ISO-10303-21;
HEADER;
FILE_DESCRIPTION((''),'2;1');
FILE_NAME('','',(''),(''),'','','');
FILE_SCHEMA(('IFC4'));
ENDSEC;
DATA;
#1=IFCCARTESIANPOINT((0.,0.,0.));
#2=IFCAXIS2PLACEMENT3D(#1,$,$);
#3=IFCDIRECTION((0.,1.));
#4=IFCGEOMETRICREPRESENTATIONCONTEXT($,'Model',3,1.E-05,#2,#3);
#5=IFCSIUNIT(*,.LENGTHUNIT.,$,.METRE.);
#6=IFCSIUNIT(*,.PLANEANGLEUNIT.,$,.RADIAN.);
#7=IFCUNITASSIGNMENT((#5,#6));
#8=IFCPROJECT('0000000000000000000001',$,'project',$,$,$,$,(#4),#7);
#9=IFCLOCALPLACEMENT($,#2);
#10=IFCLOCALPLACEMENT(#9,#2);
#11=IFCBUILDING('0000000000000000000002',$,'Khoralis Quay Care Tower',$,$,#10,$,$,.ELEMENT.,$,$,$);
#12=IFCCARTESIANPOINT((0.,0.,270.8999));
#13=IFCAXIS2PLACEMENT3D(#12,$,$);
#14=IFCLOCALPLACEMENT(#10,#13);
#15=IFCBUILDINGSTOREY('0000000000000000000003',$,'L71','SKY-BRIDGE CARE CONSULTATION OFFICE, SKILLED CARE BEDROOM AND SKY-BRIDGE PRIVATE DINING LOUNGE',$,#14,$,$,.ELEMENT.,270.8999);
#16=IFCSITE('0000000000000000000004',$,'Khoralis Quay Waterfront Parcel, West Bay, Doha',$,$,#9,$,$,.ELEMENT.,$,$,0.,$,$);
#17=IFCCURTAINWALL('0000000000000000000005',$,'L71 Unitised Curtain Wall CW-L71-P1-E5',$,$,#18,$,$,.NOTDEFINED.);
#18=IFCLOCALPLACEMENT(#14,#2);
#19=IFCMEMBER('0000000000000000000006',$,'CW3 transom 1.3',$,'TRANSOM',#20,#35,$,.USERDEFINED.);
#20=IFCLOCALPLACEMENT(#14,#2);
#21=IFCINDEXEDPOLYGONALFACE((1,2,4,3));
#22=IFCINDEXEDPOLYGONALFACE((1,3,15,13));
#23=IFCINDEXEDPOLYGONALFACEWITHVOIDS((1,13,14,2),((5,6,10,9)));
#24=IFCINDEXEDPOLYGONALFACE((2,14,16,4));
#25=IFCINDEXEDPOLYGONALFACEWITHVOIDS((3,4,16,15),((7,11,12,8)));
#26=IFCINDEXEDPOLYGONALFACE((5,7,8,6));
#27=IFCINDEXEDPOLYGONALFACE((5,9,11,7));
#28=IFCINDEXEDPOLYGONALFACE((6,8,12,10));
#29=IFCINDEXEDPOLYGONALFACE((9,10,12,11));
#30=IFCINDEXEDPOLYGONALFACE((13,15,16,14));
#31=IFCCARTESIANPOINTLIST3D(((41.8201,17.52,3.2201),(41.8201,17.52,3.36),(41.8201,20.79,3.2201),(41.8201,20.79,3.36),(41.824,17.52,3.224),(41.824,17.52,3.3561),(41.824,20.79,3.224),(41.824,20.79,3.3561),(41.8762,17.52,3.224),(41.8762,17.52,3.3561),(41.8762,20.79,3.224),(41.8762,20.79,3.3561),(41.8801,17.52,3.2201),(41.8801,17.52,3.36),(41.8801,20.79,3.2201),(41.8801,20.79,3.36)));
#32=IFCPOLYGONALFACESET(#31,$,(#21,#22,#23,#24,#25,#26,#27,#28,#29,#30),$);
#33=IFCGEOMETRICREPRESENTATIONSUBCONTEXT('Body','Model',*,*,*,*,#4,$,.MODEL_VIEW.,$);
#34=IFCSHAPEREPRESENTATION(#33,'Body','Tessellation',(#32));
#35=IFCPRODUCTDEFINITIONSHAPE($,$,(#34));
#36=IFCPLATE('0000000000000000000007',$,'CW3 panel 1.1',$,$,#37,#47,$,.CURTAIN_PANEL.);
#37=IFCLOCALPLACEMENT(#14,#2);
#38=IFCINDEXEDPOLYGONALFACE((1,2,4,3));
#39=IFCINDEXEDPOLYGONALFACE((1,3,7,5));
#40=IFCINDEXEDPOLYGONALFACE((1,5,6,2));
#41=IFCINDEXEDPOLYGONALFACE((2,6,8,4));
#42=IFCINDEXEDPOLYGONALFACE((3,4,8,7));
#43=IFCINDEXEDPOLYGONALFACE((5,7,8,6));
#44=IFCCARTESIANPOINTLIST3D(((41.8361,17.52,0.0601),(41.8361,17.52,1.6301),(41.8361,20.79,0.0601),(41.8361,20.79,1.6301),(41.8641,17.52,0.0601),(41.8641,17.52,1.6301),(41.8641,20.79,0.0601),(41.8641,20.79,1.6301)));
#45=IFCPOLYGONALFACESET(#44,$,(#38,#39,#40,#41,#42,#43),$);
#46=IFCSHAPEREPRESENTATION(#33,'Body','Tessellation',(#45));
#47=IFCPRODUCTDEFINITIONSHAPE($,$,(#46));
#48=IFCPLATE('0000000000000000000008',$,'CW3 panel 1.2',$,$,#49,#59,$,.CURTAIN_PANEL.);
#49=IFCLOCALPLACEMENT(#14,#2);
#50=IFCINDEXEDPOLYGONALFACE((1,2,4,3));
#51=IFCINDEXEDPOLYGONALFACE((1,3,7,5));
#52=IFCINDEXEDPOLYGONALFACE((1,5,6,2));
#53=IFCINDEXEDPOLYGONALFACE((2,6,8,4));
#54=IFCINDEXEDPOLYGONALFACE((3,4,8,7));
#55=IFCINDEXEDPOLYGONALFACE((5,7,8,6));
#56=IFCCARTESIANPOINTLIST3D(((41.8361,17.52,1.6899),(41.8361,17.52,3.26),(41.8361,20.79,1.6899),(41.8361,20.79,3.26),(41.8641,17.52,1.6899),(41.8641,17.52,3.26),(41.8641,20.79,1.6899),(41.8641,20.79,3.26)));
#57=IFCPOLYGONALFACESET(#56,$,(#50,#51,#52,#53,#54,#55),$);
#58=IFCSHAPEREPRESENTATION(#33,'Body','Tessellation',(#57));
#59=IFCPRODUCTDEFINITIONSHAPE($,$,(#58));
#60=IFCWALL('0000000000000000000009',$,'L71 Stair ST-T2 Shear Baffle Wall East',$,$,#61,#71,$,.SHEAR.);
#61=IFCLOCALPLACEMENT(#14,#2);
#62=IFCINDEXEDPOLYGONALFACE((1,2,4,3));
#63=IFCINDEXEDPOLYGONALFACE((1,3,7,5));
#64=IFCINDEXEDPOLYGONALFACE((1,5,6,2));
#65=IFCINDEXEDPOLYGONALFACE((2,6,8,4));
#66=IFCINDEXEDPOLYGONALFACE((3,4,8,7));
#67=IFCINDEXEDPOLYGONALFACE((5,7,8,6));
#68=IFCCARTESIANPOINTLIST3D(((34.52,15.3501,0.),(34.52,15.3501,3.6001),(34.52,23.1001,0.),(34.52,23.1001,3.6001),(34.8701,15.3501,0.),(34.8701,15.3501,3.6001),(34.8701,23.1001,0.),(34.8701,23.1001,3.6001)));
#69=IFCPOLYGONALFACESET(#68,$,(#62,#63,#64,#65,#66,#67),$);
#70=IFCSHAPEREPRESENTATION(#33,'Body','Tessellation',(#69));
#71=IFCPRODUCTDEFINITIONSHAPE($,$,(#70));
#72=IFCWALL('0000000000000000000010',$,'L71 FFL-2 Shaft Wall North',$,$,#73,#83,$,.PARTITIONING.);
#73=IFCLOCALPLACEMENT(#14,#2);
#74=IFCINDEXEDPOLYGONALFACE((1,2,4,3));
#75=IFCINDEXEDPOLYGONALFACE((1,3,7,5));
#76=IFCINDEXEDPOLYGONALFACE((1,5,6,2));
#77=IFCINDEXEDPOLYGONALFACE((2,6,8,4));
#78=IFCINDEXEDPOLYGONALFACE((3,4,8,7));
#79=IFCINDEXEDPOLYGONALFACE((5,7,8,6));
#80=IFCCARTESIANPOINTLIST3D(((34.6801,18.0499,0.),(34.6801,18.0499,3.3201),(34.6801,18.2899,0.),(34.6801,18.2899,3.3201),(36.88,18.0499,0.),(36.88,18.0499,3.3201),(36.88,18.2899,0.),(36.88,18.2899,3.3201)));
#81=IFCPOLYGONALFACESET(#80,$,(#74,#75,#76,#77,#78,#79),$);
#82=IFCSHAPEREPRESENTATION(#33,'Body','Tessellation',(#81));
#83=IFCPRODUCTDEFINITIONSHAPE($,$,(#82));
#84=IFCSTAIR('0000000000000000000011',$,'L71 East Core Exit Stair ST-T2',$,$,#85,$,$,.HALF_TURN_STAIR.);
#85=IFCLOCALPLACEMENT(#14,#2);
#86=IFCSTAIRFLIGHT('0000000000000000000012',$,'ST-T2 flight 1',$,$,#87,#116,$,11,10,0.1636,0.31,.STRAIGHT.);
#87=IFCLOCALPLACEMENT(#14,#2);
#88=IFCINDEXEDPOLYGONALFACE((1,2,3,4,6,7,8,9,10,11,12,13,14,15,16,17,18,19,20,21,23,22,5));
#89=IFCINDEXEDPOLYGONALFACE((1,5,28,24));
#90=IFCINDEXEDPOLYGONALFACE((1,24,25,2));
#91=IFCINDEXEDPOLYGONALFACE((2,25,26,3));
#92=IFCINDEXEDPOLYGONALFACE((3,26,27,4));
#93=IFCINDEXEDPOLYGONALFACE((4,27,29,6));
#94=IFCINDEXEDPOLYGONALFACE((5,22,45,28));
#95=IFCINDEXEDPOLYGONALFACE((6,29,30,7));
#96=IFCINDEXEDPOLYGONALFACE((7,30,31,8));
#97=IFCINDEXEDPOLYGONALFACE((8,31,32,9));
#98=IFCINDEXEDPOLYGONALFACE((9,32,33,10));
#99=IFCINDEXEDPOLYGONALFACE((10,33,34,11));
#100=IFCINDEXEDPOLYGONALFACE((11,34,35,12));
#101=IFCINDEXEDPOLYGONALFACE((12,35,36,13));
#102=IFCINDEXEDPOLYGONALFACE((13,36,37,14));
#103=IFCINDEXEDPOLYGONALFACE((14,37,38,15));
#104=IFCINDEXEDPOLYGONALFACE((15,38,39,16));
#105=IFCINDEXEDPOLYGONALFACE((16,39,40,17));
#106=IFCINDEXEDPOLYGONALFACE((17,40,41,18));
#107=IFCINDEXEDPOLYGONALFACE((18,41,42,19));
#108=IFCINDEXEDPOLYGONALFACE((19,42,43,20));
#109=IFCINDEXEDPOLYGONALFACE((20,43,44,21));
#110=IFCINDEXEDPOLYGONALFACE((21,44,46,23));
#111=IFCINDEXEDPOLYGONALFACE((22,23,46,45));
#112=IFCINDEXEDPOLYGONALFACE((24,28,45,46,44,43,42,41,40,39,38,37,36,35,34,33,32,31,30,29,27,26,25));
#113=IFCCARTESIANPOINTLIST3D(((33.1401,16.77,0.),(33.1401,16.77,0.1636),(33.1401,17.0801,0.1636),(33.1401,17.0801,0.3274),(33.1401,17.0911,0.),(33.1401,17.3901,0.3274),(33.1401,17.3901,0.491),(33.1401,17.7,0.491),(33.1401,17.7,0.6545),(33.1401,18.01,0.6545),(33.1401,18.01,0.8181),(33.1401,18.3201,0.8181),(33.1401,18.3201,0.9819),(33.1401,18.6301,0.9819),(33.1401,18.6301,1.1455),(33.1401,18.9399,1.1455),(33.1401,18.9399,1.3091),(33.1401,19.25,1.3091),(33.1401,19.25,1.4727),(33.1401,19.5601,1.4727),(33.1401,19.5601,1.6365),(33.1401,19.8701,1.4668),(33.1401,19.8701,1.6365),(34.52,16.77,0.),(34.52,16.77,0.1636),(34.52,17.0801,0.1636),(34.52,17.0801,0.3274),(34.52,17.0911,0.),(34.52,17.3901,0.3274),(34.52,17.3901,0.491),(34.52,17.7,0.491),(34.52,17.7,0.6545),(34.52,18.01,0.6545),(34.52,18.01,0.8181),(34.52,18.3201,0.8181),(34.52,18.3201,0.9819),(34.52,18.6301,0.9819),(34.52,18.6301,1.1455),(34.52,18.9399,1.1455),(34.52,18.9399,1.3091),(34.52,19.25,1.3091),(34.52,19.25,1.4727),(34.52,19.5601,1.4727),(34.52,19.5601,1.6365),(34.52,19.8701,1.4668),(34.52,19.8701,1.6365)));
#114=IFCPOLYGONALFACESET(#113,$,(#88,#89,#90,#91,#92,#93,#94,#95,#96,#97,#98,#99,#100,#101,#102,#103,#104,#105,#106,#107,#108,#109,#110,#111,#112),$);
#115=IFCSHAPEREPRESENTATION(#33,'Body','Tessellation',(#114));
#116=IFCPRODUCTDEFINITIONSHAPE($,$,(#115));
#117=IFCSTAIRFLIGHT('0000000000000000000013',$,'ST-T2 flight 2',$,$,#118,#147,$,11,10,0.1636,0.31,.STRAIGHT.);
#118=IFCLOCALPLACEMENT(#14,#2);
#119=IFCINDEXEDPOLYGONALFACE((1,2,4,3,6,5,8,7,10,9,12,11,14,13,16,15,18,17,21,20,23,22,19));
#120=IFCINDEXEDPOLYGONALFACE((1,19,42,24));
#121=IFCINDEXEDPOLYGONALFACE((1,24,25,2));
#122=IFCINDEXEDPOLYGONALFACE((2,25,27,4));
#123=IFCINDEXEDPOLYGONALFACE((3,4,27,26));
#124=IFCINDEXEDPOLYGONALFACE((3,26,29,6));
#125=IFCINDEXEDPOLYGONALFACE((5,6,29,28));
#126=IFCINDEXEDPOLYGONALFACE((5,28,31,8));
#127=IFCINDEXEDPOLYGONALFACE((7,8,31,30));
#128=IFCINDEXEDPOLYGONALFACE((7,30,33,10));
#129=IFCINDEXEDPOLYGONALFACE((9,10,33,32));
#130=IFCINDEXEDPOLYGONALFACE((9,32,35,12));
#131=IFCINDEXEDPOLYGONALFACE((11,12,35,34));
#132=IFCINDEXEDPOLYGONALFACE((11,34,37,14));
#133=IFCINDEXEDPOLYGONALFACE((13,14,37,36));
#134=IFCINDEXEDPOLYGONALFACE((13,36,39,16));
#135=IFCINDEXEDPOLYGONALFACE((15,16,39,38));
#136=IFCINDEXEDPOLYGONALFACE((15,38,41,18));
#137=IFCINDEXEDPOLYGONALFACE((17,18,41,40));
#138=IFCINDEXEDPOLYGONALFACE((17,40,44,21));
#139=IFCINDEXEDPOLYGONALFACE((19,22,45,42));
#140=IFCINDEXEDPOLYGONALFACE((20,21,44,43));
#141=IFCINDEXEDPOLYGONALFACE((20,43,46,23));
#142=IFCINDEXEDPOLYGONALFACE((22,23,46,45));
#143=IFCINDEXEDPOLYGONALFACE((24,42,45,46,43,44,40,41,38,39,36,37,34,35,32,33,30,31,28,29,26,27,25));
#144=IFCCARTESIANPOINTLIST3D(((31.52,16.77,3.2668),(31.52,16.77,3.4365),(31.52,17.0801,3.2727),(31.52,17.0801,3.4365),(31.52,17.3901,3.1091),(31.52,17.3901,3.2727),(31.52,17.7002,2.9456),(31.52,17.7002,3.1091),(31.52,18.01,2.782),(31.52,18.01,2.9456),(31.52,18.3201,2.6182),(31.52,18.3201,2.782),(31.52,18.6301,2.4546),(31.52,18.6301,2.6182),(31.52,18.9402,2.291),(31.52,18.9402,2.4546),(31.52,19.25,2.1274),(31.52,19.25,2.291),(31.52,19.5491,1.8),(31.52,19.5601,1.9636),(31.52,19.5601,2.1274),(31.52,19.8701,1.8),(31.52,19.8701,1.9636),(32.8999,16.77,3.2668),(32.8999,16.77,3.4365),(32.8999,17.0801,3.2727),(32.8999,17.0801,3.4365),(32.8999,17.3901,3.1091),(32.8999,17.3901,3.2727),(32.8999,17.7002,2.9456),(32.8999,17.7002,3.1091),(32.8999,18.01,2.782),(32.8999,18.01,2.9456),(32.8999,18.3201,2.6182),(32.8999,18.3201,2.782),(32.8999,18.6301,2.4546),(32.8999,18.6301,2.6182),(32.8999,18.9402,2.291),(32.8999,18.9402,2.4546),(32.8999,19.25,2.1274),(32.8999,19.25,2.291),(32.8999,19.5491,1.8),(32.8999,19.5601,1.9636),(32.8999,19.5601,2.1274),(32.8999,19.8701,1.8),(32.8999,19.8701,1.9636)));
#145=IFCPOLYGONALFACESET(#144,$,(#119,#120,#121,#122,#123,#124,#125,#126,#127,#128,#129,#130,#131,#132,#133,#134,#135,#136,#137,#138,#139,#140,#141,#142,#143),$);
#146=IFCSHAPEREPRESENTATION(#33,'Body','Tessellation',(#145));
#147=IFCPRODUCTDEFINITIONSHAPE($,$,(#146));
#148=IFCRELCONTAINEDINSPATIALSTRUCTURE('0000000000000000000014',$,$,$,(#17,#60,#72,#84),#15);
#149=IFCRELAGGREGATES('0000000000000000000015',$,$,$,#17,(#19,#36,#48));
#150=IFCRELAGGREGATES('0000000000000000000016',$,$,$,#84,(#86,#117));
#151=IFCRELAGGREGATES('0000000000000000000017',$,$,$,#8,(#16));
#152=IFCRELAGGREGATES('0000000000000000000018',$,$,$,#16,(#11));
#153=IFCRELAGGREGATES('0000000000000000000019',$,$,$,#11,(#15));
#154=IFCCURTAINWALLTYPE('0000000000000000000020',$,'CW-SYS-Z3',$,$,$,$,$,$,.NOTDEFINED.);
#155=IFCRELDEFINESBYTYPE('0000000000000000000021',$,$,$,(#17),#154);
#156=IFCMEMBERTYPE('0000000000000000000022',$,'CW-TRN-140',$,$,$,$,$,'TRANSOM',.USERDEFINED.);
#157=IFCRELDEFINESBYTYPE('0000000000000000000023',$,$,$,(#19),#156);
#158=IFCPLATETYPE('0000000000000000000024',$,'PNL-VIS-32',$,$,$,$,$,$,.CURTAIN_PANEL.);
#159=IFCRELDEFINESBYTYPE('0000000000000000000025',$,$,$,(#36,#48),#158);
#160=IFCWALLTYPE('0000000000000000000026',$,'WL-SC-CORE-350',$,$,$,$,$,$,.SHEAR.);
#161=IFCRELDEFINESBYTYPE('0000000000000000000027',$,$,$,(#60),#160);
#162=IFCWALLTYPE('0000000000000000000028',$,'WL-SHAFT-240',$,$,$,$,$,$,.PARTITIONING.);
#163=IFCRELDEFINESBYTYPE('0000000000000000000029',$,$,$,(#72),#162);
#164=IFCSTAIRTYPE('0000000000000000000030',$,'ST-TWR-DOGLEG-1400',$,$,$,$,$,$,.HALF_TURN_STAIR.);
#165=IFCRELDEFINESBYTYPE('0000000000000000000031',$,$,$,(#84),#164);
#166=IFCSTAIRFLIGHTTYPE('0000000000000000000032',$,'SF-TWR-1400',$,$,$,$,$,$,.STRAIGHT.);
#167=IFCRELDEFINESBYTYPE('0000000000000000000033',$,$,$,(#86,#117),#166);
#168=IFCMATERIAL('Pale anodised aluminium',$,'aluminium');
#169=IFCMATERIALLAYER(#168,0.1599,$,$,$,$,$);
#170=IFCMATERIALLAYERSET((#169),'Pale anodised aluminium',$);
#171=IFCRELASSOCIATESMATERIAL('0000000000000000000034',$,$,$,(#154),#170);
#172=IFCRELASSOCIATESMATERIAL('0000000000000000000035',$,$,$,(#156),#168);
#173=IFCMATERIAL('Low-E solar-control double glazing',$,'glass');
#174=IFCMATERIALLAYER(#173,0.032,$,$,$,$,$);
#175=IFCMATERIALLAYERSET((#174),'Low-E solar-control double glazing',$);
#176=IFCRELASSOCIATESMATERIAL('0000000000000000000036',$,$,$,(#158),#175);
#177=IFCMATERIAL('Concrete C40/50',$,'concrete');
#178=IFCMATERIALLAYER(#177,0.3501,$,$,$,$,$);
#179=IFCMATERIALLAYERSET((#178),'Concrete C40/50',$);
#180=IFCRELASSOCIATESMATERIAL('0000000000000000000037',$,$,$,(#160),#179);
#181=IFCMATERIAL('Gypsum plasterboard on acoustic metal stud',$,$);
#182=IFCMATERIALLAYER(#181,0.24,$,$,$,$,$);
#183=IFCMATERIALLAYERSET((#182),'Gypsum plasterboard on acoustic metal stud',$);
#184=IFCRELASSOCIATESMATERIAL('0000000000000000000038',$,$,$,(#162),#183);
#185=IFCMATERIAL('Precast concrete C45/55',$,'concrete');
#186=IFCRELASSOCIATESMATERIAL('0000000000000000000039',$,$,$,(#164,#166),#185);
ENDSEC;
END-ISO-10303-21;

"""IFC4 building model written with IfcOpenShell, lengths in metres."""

from ifc_helpers import new_model, si_unit, direction, frame, frame_2d, origin, origin_2d, place, context, subcontext, project, spatial, polyline, rectangle, hollow_rectangle, outline, extrude, source, transform, mapped, material, layer, layer_set, material_profile, profile_set, type_object, element, aggregate, save


model = new_model("IFC4")

# Units and contexts
model_context = context("Model", 3, precision=1e-05, world=origin(), true_north=direction((0.0, 1.0)))
body_context = subcontext(model_context, "Body", "Model", "MODEL_VIEW")
ifc_project = project(units=[si_unit("LENGTHUNIT", "METRE"), si_unit("PLANEANGLEUNIT", "RADIAN")], contexts=[model_context])

# Site, building, storey
site_placement = place(None, origin())
site = spatial("IfcSite", under=ifc_project, at=site_placement, Name="Khoralis Quay Waterfront Parcel, West Bay, Doha", CompositionType="ELEMENT", RefElevation=0.0)
building_placement = place(site_placement, origin())
building = spatial("IfcBuilding", under=site, at=building_placement, Name="Khoralis Quay Care Tower", CompositionType="ELEMENT")
storey_placement = place(building_placement, frame((0.0, 0.0, 270.8999)))
storey = spatial("IfcBuildingStorey", under=building, at=storey_placement, Name="L71", Description="SKY-BRIDGE CARE CONSULTATION OFFICE, SKILLED CARE BEDROOM AND SKY-BRIDGE PRIVATE DINING LOUNGE", CompositionType="ELEMENT", Elevation=270.8999)

# Curtain wall, member, plates
ifc_material_1 = material(Name="Pale anodised aluminium", Category="aluminium")
ifc_layer_1 = layer(ifc_material_1, 0.1599)
ifc_layer_set_1 = layer_set([ifc_layer_1], Name="Pale anodised aluminium")
curtain_wall_type = type_object("IfcCurtainWallType", Name="CW-SYS-Z3", PredefinedType="NOTDEFINED", material=ifc_layer_set_1)
curtain_wall_placement = place(storey_placement, origin())
curtain_wall = element("IfcCurtainWall", 1, at=curtain_wall_placement, inside=storey, type_object=curtain_wall_type, Name="L71 Unitised Curtain Wall CW-L71-P1-E5", PredefinedType="NOTDEFINED")
ifc_material_profile_1 = material_profile(ifc_material_1, hollow_rectangle(XDim=0.0601, YDim=0.1399, WallThickness=0.0039, at=origin_2d()), Name="Pale anodised aluminium")
ifc_profile_set_1 = profile_set([ifc_material_profile_1], Name="Pale anodised aluminium")
member_type_1 = type_object("IfcMemberType", Name="CW-TRN-140", ElementType="TRANSOM", PredefinedType="USERDEFINED", material=ifc_profile_set_1)
shared_shape_1 = source(origin(), body_context, "Body", "SweptSolid", [
    extrude(hollow_rectangle(XDim=0.0601, YDim=0.1399, WallThickness=0.0039, at=origin_2d()), origin(), (0.0, 0.0, 1.0), 3.27),
])
member_1_placement = place(storey_placement, frame((41.8501, 17.52, 3.29), z_axis=(0.0, 1.0, 0.0), x_axis=(-1.0, 0.0, 0.0)))
member_1 = element("IfcMember", 2, at=member_1_placement, type_object=member_type_1, Name="CW3 transom 1.3", ObjectType="TRANSOM", PredefinedType="USERDEFINED", context=body_context, shape_type="MappedRepresentation", body=[
    mapped(shared_shape_1, transform((0.0, 0.0, 0.0), scale=1.0)),
])
ifc_material_2 = material(Name="Low-E solar-control double glazing", Category="glass")
ifc_layer_2 = layer(ifc_material_2, 0.032)
ifc_layer_set_2 = layer_set([ifc_layer_2], Name="Low-E solar-control double glazing")
plate_type = type_object("IfcPlateType", Name="PNL-VIS-32", PredefinedType="CURTAIN_PANEL", material=ifc_layer_set_2)
shared_shape_2 = source(origin(), body_context, "Body", "SweptSolid", [
    extrude(rectangle(XDim=3.27, YDim=0.0281, at=origin_2d()), origin(), (0.0, 0.0, 1.0), 1.5701),
])
plate_1_placement = place(storey_placement, frame((41.8501, 19.155, 0.0601), z_axis=(0.0, 0.0, 1.0), x_axis=(0.0, 1.0, 0.0)))
plate_1 = element("IfcPlate", 3, at=plate_1_placement, type_object=plate_type, Name="CW3 panel 1.1", PredefinedType="CURTAIN_PANEL", context=body_context, shape_type="MappedRepresentation", body=[
    mapped(shared_shape_2, transform((0.0, 0.0, 0.0), scale=1.0)),
])
plate_2_placement = place(storey_placement, frame((41.8501, 19.155, 1.6899), z_axis=(0.0, 0.0, 1.0), x_axis=(0.0, 1.0, 0.0)))
plate_2 = element("IfcPlate", 4, at=plate_2_placement, type_object=plate_type, Name="CW3 panel 1.2", PredefinedType="CURTAIN_PANEL", context=body_context, shape_type="MappedRepresentation", body=[
    mapped(shared_shape_2, transform((0.0, 0.0, 0.0), scale=1.0)),
])
aggregate(curtain_wall, [member_1, plate_1, plate_2])

# Walls
ifc_material_3 = material(Name="Concrete C40/50", Category="concrete")
ifc_layer_3 = layer(ifc_material_3, 0.3501)
ifc_layer_set_3 = layer_set([ifc_layer_3], Name="Concrete C40/50")
wall_type_1 = type_object("IfcWallType", Name="WL-SC-CORE-350", PredefinedType="SHEAR", material=ifc_layer_set_3)
wall_1_placement = place(storey_placement, frame((34.6951, 15.3501, 0.0), z_axis=(0.0, 0.0, 1.0), x_axis=(0.0, 1.0, 0.0)))
element("IfcWall", 5, at=wall_1_placement, inside=storey, type_object=wall_type_1, Name="L71 Stair ST-T2 Shear Baffle Wall East", PredefinedType="SHEAR", context=body_context, shape_type="SweptSolid", body=[
    extrude(rectangle(XDim=7.75, YDim=0.3501, at=frame_2d((3.875, 0.0))), origin(), (0.0, 0.0, 1.0), 3.6001),
])
ifc_material_4 = material(Name="Gypsum plasterboard on acoustic metal stud")
ifc_layer_4 = layer(ifc_material_4, 0.24)
ifc_layer_set_4 = layer_set([ifc_layer_4], Name="Gypsum plasterboard on acoustic metal stud")
wall_type_2 = type_object("IfcWallType", Name="WL-SHAFT-240", PredefinedType="PARTITIONING", material=ifc_layer_set_4)
wall_2_placement = place(storey_placement, frame((34.6799, 18.1699, 0.0), z_axis=(0.0, 0.0, 1.0), x_axis=(1.0, 0.0, 0.0)))
element("IfcWall", 6, at=wall_2_placement, inside=storey, type_object=wall_type_2, Name="L71 FFL-2 Shaft Wall North", PredefinedType="PARTITIONING", context=body_context, shape_type="SweptSolid", body=[
    extrude(rectangle(XDim=2.2, YDim=0.24, at=frame_2d((1.1001, 0.0))), origin(), (0.0, 0.0, 1.0), 3.3201),
])

# Stair, stair flights
ifc_material_5 = material(Name="Precast concrete C45/55", Category="concrete")
stair_type = type_object("IfcStairType", Name="ST-TWR-DOGLEG-1400", PredefinedType="HALF_TURN_STAIR", material=ifc_material_5)
stair_placement = place(storey_placement, origin())
stair = element("IfcStair", 7, at=stair_placement, inside=storey, type_object=stair_type, Name="L71 East Core Exit Stair ST-T2", PredefinedType="HALF_TURN_STAIR")
stair_flight_type = type_object("IfcStairFlightType", Name="SF-TWR-1400", PredefinedType="STRAIGHT", material=ifc_material_5)
shared_shape_3 = source(origin(), body_context, "Body", "SweptSolid", [
    extrude(outline(polyline([(0.0, 0.0), (0.0, 0.1636), (0.3101, 0.1636), (0.3101, 0.3274), (0.6201, 0.3274), (0.6201, 0.491), (0.9299, 0.491), (0.9299, 0.6545), (1.24, 0.6545), (1.24, 0.8181), (1.55, 0.8181), (1.55, 0.9819), (1.8601, 0.9819), (1.8601, 1.1455), (2.1699, 1.1455), (2.1699, 1.3091), (2.48, 1.3091), (2.48, 1.4727), (2.79, 1.4727), (2.79, 1.6365), (3.1001, 1.6365), (3.1001, 1.8), (3.1001, 1.4668), (0.321, 0.0), (0.0, 0.0)])), frame((0.0, 0.6899, 0.0), z_axis=(0.0, -1.0, 0.0), x_axis=(1.0, 0.0, 0.0)), (0.0, 0.0, 1.0), 1.3799),
])
stair_flight_1_placement = place(storey_placement, frame((33.8301, 16.77, 0.0), z_axis=(0.0, 0.0, 1.0), x_axis=(0.0, 1.0, 0.0)))
stair_flight_1 = element("IfcStairFlight", 8, at=stair_flight_1_placement, type_object=stair_flight_type, Name="ST-T2 flight 1", NumberOfRisers=11, NumberOfTreads=10, PredefinedType="STRAIGHT", RiserHeight=0.1636, TreadLength=0.31, context=body_context, shape_type="MappedRepresentation", body=[
    mapped(shared_shape_3, transform((0.0, 0.0, 0.0), scale=1.0)),
])
stair_flight_2_placement = place(storey_placement, frame((32.21, 19.8701, 1.8), z_axis=(0.0, 0.0, 1.0), x_axis=(0.0, -1.0, 0.0)))
stair_flight_2 = element("IfcStairFlight", 9, at=stair_flight_2_placement, type_object=stair_flight_type, Name="ST-T2 flight 2", NumberOfRisers=11, NumberOfTreads=10, PredefinedType="STRAIGHT", RiserHeight=0.1636, TreadLength=0.31, context=body_context, shape_type="MappedRepresentation", body=[
    mapped(shared_shape_3, transform((0.0, 0.0, 0.0), scale=1.0)),
])
aggregate(stair, [stair_flight_1, stair_flight_2])

save(model, "model.ifc")
